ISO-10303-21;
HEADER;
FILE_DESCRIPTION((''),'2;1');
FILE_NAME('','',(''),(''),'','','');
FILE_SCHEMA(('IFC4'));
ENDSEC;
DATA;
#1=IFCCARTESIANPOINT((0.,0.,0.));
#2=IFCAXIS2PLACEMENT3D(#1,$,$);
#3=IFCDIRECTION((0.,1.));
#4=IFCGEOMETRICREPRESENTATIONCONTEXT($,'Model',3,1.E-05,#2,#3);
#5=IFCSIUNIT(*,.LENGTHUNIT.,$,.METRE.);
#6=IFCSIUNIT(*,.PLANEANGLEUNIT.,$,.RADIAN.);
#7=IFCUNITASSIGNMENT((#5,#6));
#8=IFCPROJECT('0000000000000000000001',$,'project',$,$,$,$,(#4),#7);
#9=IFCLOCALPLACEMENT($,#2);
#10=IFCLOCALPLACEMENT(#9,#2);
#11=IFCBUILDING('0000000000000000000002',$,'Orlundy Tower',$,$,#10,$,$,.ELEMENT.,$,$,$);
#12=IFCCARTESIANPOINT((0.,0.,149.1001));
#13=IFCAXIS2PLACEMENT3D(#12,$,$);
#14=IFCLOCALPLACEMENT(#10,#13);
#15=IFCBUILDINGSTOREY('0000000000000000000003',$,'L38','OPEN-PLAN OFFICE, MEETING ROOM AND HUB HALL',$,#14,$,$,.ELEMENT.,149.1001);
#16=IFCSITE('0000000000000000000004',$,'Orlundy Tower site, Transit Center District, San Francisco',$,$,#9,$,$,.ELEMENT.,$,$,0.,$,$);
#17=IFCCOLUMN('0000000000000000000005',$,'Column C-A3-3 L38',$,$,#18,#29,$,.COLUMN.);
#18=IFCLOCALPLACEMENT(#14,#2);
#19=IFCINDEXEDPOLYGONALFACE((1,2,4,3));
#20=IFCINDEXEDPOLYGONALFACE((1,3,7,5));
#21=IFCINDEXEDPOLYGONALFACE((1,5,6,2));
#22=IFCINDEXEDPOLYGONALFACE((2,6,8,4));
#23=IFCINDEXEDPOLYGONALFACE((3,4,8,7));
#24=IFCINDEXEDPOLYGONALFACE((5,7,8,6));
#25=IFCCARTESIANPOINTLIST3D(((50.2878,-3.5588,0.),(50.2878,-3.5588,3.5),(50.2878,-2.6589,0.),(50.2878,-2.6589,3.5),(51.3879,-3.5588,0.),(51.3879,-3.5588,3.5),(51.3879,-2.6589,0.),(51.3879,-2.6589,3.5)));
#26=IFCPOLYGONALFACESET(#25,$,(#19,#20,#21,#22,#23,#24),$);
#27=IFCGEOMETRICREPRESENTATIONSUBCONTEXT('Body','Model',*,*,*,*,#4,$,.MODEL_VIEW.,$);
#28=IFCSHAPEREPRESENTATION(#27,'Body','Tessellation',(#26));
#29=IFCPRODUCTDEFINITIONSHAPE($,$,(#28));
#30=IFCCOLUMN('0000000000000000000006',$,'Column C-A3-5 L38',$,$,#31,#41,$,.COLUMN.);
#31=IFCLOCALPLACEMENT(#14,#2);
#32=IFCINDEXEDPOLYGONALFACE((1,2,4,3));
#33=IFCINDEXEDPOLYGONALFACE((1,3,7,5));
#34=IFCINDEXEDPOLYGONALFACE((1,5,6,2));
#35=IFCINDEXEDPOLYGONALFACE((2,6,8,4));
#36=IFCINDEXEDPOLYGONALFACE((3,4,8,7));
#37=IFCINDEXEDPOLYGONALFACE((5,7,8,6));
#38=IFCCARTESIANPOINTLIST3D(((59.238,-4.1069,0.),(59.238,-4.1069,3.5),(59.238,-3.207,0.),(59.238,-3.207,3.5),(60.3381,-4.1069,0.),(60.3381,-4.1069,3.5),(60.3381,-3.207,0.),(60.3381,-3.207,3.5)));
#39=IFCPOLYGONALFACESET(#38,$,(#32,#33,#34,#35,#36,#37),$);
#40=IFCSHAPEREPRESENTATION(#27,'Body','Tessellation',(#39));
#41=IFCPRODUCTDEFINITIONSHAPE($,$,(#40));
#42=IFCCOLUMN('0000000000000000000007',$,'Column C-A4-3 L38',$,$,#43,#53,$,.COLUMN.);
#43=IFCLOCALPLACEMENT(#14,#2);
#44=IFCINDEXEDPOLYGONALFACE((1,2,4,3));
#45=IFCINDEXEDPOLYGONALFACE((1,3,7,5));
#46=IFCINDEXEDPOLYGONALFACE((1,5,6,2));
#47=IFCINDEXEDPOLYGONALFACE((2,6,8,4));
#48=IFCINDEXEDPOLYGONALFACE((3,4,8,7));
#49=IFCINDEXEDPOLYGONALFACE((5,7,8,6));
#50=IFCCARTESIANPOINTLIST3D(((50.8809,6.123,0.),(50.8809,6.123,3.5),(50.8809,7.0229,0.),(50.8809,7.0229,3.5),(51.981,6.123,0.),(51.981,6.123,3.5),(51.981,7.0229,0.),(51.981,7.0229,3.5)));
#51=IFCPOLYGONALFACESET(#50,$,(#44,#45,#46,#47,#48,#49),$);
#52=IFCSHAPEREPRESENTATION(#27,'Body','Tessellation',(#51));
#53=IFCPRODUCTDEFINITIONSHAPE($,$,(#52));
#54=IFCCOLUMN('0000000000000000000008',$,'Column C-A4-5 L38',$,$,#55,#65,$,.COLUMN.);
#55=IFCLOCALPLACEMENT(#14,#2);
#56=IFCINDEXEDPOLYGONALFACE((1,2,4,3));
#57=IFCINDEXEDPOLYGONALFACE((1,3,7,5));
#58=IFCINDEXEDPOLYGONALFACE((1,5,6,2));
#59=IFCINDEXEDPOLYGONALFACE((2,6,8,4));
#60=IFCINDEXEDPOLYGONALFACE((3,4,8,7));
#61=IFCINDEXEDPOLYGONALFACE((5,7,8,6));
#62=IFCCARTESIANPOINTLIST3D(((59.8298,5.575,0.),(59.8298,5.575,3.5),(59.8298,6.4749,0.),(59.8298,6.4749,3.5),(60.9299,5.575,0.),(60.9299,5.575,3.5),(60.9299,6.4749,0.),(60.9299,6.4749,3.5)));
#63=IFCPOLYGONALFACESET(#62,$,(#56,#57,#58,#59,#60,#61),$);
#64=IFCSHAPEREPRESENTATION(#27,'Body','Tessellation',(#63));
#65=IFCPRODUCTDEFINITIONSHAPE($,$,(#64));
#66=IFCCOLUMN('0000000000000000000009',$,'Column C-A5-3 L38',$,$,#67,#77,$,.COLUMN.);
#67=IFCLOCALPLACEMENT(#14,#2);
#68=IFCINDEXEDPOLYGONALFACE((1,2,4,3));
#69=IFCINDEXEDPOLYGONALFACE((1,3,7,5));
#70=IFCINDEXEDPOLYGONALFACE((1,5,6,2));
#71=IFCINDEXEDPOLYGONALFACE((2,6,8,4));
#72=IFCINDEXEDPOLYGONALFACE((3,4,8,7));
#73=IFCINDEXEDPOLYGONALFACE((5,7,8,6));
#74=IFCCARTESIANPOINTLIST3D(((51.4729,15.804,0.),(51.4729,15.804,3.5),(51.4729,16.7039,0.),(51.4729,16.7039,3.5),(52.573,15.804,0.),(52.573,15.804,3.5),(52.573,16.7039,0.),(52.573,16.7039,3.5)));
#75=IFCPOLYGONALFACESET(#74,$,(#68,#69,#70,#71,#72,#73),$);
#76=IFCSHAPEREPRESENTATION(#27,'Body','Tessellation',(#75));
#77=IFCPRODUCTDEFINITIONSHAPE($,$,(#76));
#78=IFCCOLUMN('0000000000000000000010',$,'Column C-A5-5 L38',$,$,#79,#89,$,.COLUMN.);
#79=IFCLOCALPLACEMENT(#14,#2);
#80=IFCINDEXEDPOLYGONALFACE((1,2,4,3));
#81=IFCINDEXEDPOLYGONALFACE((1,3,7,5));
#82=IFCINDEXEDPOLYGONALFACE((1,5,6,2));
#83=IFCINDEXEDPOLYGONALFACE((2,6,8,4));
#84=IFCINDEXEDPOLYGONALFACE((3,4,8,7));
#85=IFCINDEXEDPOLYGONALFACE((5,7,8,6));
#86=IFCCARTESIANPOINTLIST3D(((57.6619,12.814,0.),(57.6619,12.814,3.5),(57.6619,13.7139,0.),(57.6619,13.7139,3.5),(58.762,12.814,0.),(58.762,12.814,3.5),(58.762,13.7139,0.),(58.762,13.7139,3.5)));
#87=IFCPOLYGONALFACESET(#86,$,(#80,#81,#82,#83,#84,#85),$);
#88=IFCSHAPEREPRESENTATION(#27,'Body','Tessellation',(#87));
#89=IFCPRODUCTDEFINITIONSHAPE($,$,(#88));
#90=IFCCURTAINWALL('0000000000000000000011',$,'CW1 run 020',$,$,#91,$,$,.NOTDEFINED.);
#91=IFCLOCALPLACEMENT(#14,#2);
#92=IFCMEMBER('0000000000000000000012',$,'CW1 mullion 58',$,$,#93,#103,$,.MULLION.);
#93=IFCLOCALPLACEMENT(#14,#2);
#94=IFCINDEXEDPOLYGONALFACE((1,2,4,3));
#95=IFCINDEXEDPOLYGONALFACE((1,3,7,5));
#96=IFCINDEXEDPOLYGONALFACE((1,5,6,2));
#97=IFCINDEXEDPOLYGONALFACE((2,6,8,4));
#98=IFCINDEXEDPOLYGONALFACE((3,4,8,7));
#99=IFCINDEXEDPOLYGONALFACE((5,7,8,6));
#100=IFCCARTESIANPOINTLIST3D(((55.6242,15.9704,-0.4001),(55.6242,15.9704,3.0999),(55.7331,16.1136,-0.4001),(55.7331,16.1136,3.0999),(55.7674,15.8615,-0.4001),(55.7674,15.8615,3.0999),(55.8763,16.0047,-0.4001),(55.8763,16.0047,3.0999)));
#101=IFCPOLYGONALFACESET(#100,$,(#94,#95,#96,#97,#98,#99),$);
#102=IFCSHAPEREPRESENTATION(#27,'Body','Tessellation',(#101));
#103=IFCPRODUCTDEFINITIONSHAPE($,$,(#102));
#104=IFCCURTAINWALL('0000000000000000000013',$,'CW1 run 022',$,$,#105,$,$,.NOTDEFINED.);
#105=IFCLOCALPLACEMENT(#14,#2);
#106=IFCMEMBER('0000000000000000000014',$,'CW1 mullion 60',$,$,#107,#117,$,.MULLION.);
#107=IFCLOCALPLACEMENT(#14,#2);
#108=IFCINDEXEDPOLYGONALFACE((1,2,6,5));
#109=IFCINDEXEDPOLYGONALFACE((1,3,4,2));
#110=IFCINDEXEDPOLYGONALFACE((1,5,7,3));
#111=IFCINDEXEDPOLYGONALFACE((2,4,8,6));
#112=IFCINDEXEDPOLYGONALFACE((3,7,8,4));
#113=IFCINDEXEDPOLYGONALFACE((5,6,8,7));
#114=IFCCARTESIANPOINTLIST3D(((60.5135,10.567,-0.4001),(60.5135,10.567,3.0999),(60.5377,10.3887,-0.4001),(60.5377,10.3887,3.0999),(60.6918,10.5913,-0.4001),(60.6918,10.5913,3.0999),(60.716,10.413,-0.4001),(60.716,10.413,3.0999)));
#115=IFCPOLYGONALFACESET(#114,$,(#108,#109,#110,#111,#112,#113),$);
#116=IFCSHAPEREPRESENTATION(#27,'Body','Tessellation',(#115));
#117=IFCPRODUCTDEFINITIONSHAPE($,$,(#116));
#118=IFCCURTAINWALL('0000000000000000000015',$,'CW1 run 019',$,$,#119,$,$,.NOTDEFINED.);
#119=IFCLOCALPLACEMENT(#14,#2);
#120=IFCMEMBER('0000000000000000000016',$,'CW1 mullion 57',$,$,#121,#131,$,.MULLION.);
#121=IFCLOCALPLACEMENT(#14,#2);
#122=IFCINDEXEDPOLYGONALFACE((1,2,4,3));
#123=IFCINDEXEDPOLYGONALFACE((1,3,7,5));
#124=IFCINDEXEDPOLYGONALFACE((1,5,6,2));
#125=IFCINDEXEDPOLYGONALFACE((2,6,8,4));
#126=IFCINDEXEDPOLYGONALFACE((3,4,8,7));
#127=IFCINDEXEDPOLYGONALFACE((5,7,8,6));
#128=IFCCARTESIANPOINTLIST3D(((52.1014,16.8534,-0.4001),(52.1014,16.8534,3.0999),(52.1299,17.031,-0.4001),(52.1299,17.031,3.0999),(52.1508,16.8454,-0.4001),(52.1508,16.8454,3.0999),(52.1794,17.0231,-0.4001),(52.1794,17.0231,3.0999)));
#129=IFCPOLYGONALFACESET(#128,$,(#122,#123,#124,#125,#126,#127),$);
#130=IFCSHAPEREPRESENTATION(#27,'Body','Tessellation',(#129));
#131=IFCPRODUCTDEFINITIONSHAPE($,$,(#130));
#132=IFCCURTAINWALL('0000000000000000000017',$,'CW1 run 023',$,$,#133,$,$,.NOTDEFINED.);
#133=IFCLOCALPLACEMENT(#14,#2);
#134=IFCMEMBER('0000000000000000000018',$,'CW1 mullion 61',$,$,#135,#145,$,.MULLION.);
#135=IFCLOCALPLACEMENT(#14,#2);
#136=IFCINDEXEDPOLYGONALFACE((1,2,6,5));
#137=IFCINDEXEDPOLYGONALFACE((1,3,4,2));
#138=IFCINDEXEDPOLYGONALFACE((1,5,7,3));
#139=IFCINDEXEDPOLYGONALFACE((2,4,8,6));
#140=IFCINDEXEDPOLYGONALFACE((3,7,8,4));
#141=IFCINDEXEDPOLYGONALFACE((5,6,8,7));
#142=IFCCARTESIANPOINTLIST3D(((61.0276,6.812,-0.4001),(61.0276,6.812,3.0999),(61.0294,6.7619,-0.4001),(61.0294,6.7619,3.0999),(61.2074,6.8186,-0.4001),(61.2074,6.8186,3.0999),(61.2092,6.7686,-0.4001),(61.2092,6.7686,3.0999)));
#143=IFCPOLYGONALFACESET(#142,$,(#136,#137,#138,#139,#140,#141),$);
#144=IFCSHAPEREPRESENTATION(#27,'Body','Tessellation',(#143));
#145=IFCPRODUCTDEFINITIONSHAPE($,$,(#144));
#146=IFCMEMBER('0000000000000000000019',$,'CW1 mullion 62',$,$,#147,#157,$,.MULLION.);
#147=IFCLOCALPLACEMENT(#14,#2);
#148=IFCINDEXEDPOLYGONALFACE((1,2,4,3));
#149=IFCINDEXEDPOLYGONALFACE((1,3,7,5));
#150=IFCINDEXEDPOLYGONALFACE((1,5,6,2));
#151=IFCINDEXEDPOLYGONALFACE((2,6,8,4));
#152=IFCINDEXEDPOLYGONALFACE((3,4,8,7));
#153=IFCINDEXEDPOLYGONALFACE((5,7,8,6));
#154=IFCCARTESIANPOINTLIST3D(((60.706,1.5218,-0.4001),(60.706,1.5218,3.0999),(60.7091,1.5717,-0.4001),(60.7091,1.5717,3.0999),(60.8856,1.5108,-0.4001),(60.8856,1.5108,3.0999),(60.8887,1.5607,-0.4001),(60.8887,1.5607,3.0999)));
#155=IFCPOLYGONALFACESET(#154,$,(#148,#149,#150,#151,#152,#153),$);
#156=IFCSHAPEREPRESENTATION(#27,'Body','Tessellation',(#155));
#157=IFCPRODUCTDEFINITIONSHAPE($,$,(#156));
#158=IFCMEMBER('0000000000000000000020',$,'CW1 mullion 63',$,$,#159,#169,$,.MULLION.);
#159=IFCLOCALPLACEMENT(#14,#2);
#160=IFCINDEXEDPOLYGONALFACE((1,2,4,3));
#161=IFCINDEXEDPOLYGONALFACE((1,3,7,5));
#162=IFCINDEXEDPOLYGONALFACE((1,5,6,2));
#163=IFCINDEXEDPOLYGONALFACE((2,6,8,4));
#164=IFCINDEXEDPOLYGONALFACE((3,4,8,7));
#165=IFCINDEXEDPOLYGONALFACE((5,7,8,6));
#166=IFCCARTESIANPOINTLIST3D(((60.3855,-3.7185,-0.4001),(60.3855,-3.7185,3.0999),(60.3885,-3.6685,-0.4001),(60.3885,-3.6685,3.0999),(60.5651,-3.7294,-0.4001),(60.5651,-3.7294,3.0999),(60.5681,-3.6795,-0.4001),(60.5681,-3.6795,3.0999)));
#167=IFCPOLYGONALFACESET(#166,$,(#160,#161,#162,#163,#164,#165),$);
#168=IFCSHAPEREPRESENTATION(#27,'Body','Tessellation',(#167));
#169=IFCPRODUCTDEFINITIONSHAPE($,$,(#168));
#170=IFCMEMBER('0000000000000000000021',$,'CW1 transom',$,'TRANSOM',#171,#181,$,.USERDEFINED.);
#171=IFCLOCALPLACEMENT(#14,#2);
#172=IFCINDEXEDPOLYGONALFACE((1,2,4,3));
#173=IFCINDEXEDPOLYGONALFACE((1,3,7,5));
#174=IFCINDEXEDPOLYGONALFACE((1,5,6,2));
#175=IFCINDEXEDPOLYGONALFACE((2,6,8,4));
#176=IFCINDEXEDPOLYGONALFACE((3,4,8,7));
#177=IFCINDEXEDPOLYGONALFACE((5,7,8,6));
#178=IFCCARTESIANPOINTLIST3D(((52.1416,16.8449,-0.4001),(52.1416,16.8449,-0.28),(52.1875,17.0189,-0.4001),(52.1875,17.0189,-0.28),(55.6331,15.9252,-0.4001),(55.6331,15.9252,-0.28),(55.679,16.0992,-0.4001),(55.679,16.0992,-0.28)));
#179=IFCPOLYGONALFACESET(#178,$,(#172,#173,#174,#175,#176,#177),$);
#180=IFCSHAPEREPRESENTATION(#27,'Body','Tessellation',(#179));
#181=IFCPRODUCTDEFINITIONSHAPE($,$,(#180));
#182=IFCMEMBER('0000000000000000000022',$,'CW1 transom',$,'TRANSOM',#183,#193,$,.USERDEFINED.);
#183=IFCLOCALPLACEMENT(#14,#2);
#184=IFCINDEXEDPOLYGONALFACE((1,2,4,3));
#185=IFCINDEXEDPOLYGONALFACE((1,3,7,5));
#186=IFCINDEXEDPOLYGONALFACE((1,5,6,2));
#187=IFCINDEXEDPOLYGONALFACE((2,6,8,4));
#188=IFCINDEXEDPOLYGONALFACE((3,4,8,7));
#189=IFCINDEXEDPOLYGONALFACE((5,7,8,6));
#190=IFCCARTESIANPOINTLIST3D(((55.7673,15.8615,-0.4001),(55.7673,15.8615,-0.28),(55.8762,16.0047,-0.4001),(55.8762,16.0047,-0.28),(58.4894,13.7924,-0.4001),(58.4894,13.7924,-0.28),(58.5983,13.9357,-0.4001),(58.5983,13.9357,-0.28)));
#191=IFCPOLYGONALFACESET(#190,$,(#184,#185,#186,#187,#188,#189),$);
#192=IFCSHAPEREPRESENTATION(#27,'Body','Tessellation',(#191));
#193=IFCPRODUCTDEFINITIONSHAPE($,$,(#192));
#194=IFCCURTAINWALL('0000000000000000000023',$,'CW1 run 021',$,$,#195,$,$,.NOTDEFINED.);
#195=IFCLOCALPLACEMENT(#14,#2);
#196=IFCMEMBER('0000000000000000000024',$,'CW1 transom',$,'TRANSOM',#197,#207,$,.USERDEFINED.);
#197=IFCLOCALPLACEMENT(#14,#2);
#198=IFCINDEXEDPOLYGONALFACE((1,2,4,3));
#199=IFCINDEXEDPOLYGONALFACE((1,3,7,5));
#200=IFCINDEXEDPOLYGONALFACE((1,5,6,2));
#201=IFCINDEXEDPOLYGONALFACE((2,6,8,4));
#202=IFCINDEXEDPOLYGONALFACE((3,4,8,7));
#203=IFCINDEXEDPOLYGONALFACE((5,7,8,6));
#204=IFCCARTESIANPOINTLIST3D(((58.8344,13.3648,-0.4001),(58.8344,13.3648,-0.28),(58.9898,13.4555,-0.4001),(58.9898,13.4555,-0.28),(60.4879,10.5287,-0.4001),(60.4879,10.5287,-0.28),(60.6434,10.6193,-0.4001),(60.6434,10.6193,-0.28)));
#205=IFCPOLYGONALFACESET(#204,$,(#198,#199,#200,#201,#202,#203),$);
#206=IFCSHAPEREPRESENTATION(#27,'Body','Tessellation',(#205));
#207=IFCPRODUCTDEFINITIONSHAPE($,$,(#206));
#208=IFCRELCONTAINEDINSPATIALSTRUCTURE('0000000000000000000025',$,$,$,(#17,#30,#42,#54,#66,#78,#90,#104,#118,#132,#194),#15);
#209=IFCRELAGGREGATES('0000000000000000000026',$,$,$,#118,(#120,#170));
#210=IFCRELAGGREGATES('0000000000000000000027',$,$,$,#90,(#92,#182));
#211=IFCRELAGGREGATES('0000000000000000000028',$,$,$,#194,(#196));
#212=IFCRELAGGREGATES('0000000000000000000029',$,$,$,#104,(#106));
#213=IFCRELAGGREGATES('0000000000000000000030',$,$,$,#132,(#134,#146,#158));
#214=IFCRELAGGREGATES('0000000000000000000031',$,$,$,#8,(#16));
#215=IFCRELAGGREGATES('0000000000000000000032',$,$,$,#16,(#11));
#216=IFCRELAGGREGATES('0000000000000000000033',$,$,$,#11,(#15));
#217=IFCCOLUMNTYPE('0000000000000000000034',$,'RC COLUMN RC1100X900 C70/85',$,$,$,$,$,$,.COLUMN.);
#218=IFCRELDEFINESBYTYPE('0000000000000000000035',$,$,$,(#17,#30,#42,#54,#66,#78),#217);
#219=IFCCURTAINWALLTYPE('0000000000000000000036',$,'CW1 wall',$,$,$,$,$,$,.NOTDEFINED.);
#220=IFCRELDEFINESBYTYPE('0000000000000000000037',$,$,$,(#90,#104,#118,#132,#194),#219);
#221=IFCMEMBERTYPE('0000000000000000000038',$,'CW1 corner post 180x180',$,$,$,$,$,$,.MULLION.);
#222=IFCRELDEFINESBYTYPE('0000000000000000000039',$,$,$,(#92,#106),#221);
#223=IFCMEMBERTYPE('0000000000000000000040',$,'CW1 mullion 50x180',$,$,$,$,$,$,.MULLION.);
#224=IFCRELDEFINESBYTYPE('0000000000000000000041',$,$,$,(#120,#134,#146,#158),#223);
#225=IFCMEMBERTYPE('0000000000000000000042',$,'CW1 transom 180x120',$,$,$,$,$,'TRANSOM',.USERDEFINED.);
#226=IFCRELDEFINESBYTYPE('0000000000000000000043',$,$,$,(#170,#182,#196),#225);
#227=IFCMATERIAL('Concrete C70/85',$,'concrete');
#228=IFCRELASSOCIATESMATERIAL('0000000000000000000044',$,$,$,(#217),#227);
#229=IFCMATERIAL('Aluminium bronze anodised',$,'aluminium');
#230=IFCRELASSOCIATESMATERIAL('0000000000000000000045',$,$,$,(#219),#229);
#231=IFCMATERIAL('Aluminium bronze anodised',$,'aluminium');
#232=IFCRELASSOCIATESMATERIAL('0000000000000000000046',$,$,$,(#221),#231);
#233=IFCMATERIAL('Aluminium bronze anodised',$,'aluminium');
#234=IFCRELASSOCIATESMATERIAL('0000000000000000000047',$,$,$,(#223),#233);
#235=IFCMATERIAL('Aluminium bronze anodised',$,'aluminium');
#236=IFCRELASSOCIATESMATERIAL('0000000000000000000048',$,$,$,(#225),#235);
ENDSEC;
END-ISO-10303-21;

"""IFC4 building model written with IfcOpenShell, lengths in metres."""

from ifc_helpers import new_model, si_unit, direction, frame, origin, origin_2d, place, context, subcontext, project, spatial, rectangle, extrude, material, material_profile, profile_set, type_object, element, aggregate, save


model = new_model("IFC4")

# Units and contexts
model_context = context("Model", 3, precision=1e-05, world=origin(), true_north=direction((0.0, 1.0)))
body_context = subcontext(model_context, "Body", "Model", "MODEL_VIEW")
ifc_project = project(units=[si_unit("LENGTHUNIT", "METRE"), si_unit("PLANEANGLEUNIT", "RADIAN")], contexts=[model_context])

# Site, building, storey
site_placement = place(None, origin())
site = spatial("IfcSite", under=ifc_project, at=site_placement, Name="Orlundy Tower site, Transit Center District, San Francisco", CompositionType="ELEMENT", RefElevation=0.0)
building_placement = place(site_placement, origin())
building = spatial("IfcBuilding", under=site, at=building_placement, Name="Orlundy Tower", CompositionType="ELEMENT")
storey_placement = place(building_placement, frame((0.0, 0.0, 149.1001)))
storey = spatial("IfcBuildingStorey", under=building, at=storey_placement, Name="L38", Description="OPEN-PLAN OFFICE, MEETING ROOM AND HUB HALL", CompositionType="ELEMENT", Elevation=149.1001)

# Columns
ifc_material_1 = material(Name="Concrete C70/85", Category="concrete")
ifc_material_profile_1 = material_profile(ifc_material_1, rectangle(XDim=1.1001, YDim=0.8999, at=origin_2d()), Name="RC1100X900")
ifc_profile_set_1 = profile_set([ifc_material_profile_1], Name="Concrete C70/85")
column_type = type_object("IfcColumnType", Name="RC COLUMN RC1100X900 C70/85", PredefinedType="COLUMN", material=ifc_profile_set_1)
for number, where, z_axis, x_axis, name in (
    (1, (50.8379, -3.1089, 0.0), (0.0, 0.0, 1.0), (1.0, 0.0, 0.0), "Column C-A3-3 L38"),
    (2, (59.7881, -3.657, 0.0), (0.0, 0.0, 1.0), (1.0, 0.0, 0.0), "Column C-A3-5 L38"),
    (3, (51.4309, 6.573, 0.0), (0.0, 0.0, 1.0), (1.0, 0.0, 0.0), "Column C-A4-3 L38"),
    (4, (60.3799, 6.0249, 0.0), (0.0, 0.0, 1.0), (1.0, 0.0, 0.0), "Column C-A4-5 L38"),
    (5, (52.0229, 16.2539, 0.0), (0.0, 0.0, 1.0), (1.0, 0.0, 0.0), "Column C-A5-3 L38"),
    (6, (58.2119, 13.2639, 0.0), (0.0, 0.0, 1.0), (1.0, 0.0, 0.0), "Column C-A5-5 L38"),
):
    element("IfcColumn", number, at=place(storey_placement, frame(where, z_axis=z_axis, x_axis=x_axis)), inside=storey, type_object=column_type, Name=name, PredefinedType="COLUMN", context=body_context, shape_type="SweptSolid", body=[
        extrude(rectangle(XDim=1.1001, YDim=0.8999, at=origin_2d()), origin(), (0.0, 0.0, 1.0), 3.5),
    ])

# Curtain walls, members
ifc_material_2 = material(Name="Aluminium bronze anodised", Category="aluminium")
curtain_wall_type = type_object("IfcCurtainWallType", Name="CW1 wall", PredefinedType="NOTDEFINED", material=ifc_material_2)
curtain_wall_1_placement = place(storey_placement, origin())
curtain_wall_1 = element("IfcCurtainWall", 7, at=curtain_wall_1_placement, inside=storey, type_object=curtain_wall_type, Name="CW1 run 020", PredefinedType="NOTDEFINED")
ifc_material_3 = material(Name="Aluminium bronze anodised", Category="aluminium")
ifc_material_profile_2 = material_profile(ifc_material_3, rectangle(XDim=0.1799, YDim=0.1799, at=origin_2d()), Name="CW1 corner post 180x180")
ifc_profile_set_2 = profile_set([ifc_material_profile_2], Name="Aluminium bronze anodised")
member_type_1 = type_object("IfcMemberType", Name="CW1 corner post 180x180", PredefinedType="MULLION", material=ifc_profile_set_2)
member_1_placement = place(storey_placement, frame((55.7502, 15.9875, -0.4001), z_axis=(0.0, 0.0, 1.0), x_axis=(0.605124, 0.796131, 0.0)))
member_1 = element("IfcMember", 8, at=member_1_placement, type_object=member_type_1, Name="CW1 mullion 58", PredefinedType="MULLION", context=body_context, shape_type="SweptSolid", body=[
    extrude(rectangle(XDim=0.1799, YDim=0.1799, at=origin_2d()), origin(), (0.0, 0.0, 1.0), 3.5),
])
curtain_wall_2_placement = place(storey_placement, origin())
curtain_wall_2 = element("IfcCurtainWall", 9, at=curtain_wall_2_placement, inside=storey, type_object=curtain_wall_type, Name="CW1 run 022", PredefinedType="NOTDEFINED")
member_2_placement = place(storey_placement, frame((60.6147, 10.49, -0.4001), z_axis=(0.0, 0.0, 1.0), x_axis=(0.990861, 0.134884, 0.0)))
member_2 = element("IfcMember", 10, at=member_2_placement, type_object=member_type_1, Name="CW1 mullion 60", PredefinedType="MULLION", context=body_context, shape_type="SweptSolid", body=[
    extrude(rectangle(XDim=0.1799, YDim=0.1799, at=origin_2d()), origin(), (0.0, 0.0, 1.0), 3.5),
])
curtain_wall_3_placement = place(storey_placement, origin())
curtain_wall_3 = element("IfcCurtainWall", 11, at=curtain_wall_3_placement, inside=storey, type_object=curtain_wall_type, Name="CW1 run 019", PredefinedType="NOTDEFINED")
ifc_material_4 = material(Name="Aluminium bronze anodised", Category="aluminium")
ifc_material_profile_3 = material_profile(ifc_material_4, rectangle(XDim=0.1799, YDim=0.05, at=origin_2d()), Name="CW1 mullion 50x180")
ifc_profile_set_3 = profile_set([ifc_material_profile_3], Name="Aluminium bronze anodised")
member_type_2 = type_object("IfcMemberType", Name="CW1 mullion 50x180", PredefinedType="MULLION", material=ifc_profile_set_3)
member_3_placement = place(storey_placement, frame((52.1404, 16.9382, -0.4001), z_axis=(0.0, 0.0, 1.0), x_axis=(0.158644, 0.987336, 0.0)))
member_3 = element("IfcMember", 12, at=member_3_placement, type_object=member_type_2, Name="CW1 mullion 57", PredefinedType="MULLION", context=body_context, shape_type="SweptSolid", body=[
    extrude(rectangle(XDim=0.1799, YDim=0.05, at=origin_2d()), origin(), (0.0, 0.0, 1.0), 3.5),
])

# Curtain wall, members
curtain_wall_4_placement = place(storey_placement, origin())
curtain_wall_4 = element("IfcCurtainWall", 13, at=curtain_wall_4_placement, inside=storey, type_object=curtain_wall_type, Name="CW1 run 023", PredefinedType="NOTDEFINED")
member_4_placement = place(storey_placement, frame((61.1184, 6.7903, -0.4001), z_axis=(0.0, 0.0, 1.0), x_axis=(0.999312, 0.037097, 0.0)))
member_4 = element("IfcMember", 14, at=member_4_placement, type_object=member_type_2, Name="CW1 mullion 61", PredefinedType="MULLION", context=body_context, shape_type="SweptSolid", body=[
    extrude(rectangle(XDim=0.1799, YDim=0.05, at=origin_2d()), origin(), (0.0, 0.0, 1.0), 3.5),
])
member_5_placement = place(storey_placement, frame((60.7974, 1.5413, -0.4001), z_axis=(0.0, 0.0, 1.0), x_axis=(0.998135, -0.061047, 0.0)))
member_5 = element("IfcMember", 15, at=member_5_placement, type_object=member_type_2, Name="CW1 mullion 62", PredefinedType="MULLION", context=body_context, shape_type="SweptSolid", body=[
    extrude(rectangle(XDim=0.1799, YDim=0.05, at=origin_2d()), origin(), (0.0, 0.0, 1.0), 3.5),
])
member_6_placement = place(storey_placement, frame((60.4768, -3.699, -0.4001), z_axis=(0.0, 0.0, 1.0), x_axis=(0.998135, -0.061047, 0.0)))
member_6 = element("IfcMember", 16, at=member_6_placement, type_object=member_type_2, Name="CW1 mullion 63", PredefinedType="MULLION", context=body_context, shape_type="SweptSolid", body=[
    extrude(rectangle(XDim=0.1799, YDim=0.05, at=origin_2d()), origin(), (0.0, 0.0, 1.0), 3.5),
])

# Members
ifc_material_5 = material(Name="Aluminium bronze anodised", Category="aluminium")
ifc_material_profile_4 = material_profile(ifc_material_5, rectangle(XDim=0.1799, YDim=0.1201, at=origin_2d()), Name="CW1 transom 180x120")
ifc_profile_set_4 = profile_set([ifc_material_profile_4], Name="Aluminium bronze anodised")
member_type_3 = type_object("IfcMemberType", Name="CW1 transom 180x120", ElementType="TRANSOM", PredefinedType="USERDEFINED", material=ifc_profile_set_4)
member_7_placement = place(storey_placement, frame((52.1646, 16.9319, -0.3401), z_axis=(0.967015, -0.25472, 0.0), x_axis=(0.25472, 0.967015, 0.0)))
member_7 = element("IfcMember", 17, at=member_7_placement, type_object=member_type_3, Name="CW1 transom", ObjectType="TRANSOM", PredefinedType="USERDEFINED", context=body_context, shape_type="SweptSolid", body=[
    extrude(rectangle(XDim=0.1799, YDim=0.1201, at=origin_2d()), origin(), (0.0, 0.0, 1.0), 3.6106),
])
member_8_placement = place(storey_placement, frame((55.8218, 15.9331, -0.3401), z_axis=(0.796128, -0.605129, 0.0), x_axis=(0.605129, 0.796128, 0.0)))
member_8 = element("IfcMember", 18, at=member_8_placement, type_object=member_type_3, Name="CW1 transom", ObjectType="TRANSOM", PredefinedType="USERDEFINED", context=body_context, shape_type="SweptSolid", body=[
    extrude(rectangle(XDim=0.1799, YDim=0.1201, at=origin_2d()), origin(), (0.0, 0.0, 1.0), 3.4192),
])

# Curtain wall, member
curtain_wall_5_placement = place(storey_placement, origin())
curtain_wall_5 = element("IfcCurtainWall", 19, at=curtain_wall_5_placement, inside=storey, type_object=curtain_wall_type, Name="CW1 run 021", PredefinedType="NOTDEFINED")
member_9_placement = place(storey_placement, frame((58.9121, 13.4102, -0.3401), z_axis=(0.503672, -0.863895, 0.0), x_axis=(0.863895, 0.503672, 0.0)))
member_9 = element("IfcMember", 20, at=member_9_placement, type_object=member_type_3, Name="CW1 transom", ObjectType="TRANSOM", PredefinedType="USERDEFINED", context=body_context, shape_type="SweptSolid", body=[
    extrude(rectangle(XDim=0.1799, YDim=0.1201, at=origin_2d()), origin(), (0.0, 0.0, 1.0), 3.283),
])

aggregate(curtain_wall_3, [member_3, member_7])
aggregate(curtain_wall_1, [member_1, member_8])
aggregate(curtain_wall_5, [member_9])
aggregate(curtain_wall_2, [member_2])
aggregate(curtain_wall_4, [member_4, member_5, member_6])

save(model, "model.ifc")
